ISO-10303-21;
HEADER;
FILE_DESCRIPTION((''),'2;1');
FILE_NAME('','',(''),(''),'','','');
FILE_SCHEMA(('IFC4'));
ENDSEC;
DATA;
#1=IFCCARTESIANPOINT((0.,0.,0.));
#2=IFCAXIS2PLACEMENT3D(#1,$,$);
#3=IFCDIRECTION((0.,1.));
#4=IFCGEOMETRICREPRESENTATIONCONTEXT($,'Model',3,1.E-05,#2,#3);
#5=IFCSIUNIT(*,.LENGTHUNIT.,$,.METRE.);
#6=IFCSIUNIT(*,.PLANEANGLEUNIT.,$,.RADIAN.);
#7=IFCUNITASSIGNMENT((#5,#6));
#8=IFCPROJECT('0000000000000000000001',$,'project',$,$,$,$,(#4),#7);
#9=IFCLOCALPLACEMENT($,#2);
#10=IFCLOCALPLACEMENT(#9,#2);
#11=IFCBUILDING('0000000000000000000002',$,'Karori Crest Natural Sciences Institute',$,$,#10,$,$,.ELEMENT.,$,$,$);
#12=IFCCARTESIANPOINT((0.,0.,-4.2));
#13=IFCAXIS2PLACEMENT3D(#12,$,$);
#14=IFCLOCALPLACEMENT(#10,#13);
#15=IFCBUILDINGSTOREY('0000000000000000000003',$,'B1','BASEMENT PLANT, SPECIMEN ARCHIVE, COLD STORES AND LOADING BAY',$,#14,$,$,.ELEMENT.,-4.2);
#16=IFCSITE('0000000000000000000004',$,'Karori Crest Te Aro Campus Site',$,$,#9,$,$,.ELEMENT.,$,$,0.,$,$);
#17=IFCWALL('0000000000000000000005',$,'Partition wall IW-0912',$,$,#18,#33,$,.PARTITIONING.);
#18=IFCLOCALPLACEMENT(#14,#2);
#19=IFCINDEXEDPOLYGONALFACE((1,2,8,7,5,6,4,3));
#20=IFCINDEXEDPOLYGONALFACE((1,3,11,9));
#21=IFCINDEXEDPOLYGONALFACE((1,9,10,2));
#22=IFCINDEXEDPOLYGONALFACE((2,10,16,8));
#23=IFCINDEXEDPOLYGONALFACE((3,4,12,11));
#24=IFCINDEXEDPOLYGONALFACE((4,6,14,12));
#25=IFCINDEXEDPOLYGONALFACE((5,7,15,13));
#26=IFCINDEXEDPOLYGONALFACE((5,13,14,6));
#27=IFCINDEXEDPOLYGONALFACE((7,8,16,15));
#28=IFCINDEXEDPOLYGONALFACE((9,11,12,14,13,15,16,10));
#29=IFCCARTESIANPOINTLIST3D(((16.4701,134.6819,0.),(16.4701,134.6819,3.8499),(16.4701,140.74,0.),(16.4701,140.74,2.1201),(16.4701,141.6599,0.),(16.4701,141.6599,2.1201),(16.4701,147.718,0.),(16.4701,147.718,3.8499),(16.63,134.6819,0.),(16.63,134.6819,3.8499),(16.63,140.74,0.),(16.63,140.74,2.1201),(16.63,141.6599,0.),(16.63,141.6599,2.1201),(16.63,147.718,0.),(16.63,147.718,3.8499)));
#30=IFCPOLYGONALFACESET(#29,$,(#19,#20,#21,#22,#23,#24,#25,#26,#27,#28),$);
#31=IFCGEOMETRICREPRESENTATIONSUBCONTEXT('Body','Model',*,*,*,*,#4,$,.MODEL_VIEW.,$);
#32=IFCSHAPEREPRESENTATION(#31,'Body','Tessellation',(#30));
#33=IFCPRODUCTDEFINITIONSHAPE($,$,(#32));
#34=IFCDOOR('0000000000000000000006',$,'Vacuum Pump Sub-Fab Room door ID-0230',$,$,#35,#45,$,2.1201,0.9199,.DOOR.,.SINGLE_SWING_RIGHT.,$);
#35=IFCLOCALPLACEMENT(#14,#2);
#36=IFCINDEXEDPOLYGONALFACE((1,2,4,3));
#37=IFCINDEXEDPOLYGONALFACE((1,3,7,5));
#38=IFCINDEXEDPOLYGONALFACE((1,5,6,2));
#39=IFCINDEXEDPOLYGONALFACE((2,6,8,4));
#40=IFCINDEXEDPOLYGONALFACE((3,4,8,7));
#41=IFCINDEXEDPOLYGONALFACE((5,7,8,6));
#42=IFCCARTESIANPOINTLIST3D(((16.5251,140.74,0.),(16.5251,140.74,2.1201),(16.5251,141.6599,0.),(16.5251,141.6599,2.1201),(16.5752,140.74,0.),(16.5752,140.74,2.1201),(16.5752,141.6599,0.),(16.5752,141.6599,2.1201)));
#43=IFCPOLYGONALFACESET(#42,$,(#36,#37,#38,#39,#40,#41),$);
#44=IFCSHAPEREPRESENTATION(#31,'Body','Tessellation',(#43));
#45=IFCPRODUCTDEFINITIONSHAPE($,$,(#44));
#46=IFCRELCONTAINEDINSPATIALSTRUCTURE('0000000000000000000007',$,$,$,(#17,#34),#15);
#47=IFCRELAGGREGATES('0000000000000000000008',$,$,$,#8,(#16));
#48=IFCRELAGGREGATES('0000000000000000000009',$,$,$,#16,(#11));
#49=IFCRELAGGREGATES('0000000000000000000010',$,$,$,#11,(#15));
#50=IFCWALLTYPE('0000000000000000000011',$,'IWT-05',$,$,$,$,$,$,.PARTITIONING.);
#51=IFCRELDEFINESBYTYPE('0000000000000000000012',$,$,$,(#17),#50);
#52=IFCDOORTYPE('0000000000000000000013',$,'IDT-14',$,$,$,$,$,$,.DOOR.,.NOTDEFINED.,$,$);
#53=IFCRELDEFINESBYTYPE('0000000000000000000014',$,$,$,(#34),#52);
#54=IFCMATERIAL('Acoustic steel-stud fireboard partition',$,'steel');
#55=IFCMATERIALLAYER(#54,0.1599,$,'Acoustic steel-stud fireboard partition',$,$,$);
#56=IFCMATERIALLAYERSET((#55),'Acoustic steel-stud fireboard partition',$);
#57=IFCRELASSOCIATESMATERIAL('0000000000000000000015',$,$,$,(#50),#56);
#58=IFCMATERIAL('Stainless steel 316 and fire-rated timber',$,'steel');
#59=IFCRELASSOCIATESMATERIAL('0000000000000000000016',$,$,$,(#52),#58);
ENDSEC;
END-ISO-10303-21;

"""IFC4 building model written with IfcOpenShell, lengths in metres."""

from ifc_helpers import new_model, si_unit, direction, frame, frame_2d, origin, place, context, subcontext, project, spatial, rectangle, extrude, material, layer, layer_set, type_object, element, fill, save


model = new_model("IFC4")

# Units and contexts
model_context = context("Model", 3, precision=1e-05, world=origin(), true_north=direction((0.0, 1.0)))
body_context = subcontext(model_context, "Body", "Model", "MODEL_VIEW")
ifc_project = project(units=[si_unit("LENGTHUNIT", "METRE"), si_unit("PLANEANGLEUNIT", "RADIAN")], contexts=[model_context])

# Site, building, storey
site_placement = place(None, origin())
site = spatial("IfcSite", under=ifc_project, at=site_placement, Name="Karori Crest Te Aro Campus Site", CompositionType="ELEMENT", RefElevation=0.0)
building_placement = place(site_placement, origin())
building = spatial("IfcBuilding", under=site, at=building_placement, Name="Karori Crest Natural Sciences Institute", CompositionType="ELEMENT")
storey_placement = place(building_placement, frame((0.0, 0.0, -4.2)))
storey = spatial("IfcBuildingStorey", under=building, at=storey_placement, Name="B1", Description="BASEMENT PLANT, SPECIMEN ARCHIVE, COLD STORES AND LOADING BAY", CompositionType="ELEMENT", Elevation=-4.2)

# Wall, opening, door
ifc_material_1 = material(Name="Acoustic steel-stud fireboard partition", Category="steel")
ifc_layer = layer(ifc_material_1, 0.1599, Name="Acoustic steel-stud fireboard partition")
ifc_layer_set = layer_set([ifc_layer], Name="Acoustic steel-stud fireboard partition")
wall_type = type_object("IfcWallType", Name="IWT-05", PredefinedType="PARTITIONING", material=ifc_layer_set)
wall_placement = place(storey_placement, frame((16.55, 134.6819, 0.0), z_axis=(0.0, 0.0, 1.0), x_axis=(0.0, 1.0, 0.0)))
wall = element("IfcWall", 1, at=wall_placement, inside=storey, type_object=wall_type, Name="Partition wall IW-0912", PredefinedType="PARTITIONING", context=body_context, shape_type="SweptSolid", body=[
    extrude(rectangle(XDim=13.0361, YDim=0.1599, at=frame_2d((6.5181, 0.0))), origin(), (0.0, 0.0, 1.0), 3.8499),
])
opening_placement = place(wall_placement, frame((6.0581, 0.0, 0.0)))
opening = element("IfcOpeningElement", 2, at=opening_placement, cuts=wall, PredefinedType="OPENING", context=body_context, shape_type="SweptSolid", body=[
    extrude(rectangle(XDim=0.9199, YDim=2.1201, at=frame_2d((0.46, 1.0601))), frame((0.0, 0.0898, 0.0), z_axis=(0.0, -1.0, 0.0), x_axis=(1.0, 0.0, 0.0)), (0.0, 0.0, 1.0), 0.1799),
])
ifc_material_2 = material(Name="Stainless steel 316 and fire-rated timber", Category="steel")
door_type = type_object("IfcDoorType", Name="IDT-14", OperationType="NOTDEFINED", PredefinedType="DOOR", material=ifc_material_2)
door_placement = place(opening_placement, origin())
door = element("IfcDoor", 3, at=door_placement, inside=storey, type_object=door_type, Name="Vacuum Pump Sub-Fab Room door ID-0230", OperationType="SINGLE_SWING_RIGHT", OverallHeight=2.1201, OverallWidth=0.9199, PredefinedType="DOOR", context=body_context, shape_type="SweptSolid", body=[
    extrude(rectangle(XDim=0.9199, YDim=2.1201, at=frame_2d((0.46, 1.0601))), frame((0.0, 0.0249, 0.0), z_axis=(0.0, -1.0, 0.0), x_axis=(1.0, 0.0, 0.0)), (0.0, 0.0, 1.0), 0.05),
])
fill(opening, door)

save(model, "model.ifc")
